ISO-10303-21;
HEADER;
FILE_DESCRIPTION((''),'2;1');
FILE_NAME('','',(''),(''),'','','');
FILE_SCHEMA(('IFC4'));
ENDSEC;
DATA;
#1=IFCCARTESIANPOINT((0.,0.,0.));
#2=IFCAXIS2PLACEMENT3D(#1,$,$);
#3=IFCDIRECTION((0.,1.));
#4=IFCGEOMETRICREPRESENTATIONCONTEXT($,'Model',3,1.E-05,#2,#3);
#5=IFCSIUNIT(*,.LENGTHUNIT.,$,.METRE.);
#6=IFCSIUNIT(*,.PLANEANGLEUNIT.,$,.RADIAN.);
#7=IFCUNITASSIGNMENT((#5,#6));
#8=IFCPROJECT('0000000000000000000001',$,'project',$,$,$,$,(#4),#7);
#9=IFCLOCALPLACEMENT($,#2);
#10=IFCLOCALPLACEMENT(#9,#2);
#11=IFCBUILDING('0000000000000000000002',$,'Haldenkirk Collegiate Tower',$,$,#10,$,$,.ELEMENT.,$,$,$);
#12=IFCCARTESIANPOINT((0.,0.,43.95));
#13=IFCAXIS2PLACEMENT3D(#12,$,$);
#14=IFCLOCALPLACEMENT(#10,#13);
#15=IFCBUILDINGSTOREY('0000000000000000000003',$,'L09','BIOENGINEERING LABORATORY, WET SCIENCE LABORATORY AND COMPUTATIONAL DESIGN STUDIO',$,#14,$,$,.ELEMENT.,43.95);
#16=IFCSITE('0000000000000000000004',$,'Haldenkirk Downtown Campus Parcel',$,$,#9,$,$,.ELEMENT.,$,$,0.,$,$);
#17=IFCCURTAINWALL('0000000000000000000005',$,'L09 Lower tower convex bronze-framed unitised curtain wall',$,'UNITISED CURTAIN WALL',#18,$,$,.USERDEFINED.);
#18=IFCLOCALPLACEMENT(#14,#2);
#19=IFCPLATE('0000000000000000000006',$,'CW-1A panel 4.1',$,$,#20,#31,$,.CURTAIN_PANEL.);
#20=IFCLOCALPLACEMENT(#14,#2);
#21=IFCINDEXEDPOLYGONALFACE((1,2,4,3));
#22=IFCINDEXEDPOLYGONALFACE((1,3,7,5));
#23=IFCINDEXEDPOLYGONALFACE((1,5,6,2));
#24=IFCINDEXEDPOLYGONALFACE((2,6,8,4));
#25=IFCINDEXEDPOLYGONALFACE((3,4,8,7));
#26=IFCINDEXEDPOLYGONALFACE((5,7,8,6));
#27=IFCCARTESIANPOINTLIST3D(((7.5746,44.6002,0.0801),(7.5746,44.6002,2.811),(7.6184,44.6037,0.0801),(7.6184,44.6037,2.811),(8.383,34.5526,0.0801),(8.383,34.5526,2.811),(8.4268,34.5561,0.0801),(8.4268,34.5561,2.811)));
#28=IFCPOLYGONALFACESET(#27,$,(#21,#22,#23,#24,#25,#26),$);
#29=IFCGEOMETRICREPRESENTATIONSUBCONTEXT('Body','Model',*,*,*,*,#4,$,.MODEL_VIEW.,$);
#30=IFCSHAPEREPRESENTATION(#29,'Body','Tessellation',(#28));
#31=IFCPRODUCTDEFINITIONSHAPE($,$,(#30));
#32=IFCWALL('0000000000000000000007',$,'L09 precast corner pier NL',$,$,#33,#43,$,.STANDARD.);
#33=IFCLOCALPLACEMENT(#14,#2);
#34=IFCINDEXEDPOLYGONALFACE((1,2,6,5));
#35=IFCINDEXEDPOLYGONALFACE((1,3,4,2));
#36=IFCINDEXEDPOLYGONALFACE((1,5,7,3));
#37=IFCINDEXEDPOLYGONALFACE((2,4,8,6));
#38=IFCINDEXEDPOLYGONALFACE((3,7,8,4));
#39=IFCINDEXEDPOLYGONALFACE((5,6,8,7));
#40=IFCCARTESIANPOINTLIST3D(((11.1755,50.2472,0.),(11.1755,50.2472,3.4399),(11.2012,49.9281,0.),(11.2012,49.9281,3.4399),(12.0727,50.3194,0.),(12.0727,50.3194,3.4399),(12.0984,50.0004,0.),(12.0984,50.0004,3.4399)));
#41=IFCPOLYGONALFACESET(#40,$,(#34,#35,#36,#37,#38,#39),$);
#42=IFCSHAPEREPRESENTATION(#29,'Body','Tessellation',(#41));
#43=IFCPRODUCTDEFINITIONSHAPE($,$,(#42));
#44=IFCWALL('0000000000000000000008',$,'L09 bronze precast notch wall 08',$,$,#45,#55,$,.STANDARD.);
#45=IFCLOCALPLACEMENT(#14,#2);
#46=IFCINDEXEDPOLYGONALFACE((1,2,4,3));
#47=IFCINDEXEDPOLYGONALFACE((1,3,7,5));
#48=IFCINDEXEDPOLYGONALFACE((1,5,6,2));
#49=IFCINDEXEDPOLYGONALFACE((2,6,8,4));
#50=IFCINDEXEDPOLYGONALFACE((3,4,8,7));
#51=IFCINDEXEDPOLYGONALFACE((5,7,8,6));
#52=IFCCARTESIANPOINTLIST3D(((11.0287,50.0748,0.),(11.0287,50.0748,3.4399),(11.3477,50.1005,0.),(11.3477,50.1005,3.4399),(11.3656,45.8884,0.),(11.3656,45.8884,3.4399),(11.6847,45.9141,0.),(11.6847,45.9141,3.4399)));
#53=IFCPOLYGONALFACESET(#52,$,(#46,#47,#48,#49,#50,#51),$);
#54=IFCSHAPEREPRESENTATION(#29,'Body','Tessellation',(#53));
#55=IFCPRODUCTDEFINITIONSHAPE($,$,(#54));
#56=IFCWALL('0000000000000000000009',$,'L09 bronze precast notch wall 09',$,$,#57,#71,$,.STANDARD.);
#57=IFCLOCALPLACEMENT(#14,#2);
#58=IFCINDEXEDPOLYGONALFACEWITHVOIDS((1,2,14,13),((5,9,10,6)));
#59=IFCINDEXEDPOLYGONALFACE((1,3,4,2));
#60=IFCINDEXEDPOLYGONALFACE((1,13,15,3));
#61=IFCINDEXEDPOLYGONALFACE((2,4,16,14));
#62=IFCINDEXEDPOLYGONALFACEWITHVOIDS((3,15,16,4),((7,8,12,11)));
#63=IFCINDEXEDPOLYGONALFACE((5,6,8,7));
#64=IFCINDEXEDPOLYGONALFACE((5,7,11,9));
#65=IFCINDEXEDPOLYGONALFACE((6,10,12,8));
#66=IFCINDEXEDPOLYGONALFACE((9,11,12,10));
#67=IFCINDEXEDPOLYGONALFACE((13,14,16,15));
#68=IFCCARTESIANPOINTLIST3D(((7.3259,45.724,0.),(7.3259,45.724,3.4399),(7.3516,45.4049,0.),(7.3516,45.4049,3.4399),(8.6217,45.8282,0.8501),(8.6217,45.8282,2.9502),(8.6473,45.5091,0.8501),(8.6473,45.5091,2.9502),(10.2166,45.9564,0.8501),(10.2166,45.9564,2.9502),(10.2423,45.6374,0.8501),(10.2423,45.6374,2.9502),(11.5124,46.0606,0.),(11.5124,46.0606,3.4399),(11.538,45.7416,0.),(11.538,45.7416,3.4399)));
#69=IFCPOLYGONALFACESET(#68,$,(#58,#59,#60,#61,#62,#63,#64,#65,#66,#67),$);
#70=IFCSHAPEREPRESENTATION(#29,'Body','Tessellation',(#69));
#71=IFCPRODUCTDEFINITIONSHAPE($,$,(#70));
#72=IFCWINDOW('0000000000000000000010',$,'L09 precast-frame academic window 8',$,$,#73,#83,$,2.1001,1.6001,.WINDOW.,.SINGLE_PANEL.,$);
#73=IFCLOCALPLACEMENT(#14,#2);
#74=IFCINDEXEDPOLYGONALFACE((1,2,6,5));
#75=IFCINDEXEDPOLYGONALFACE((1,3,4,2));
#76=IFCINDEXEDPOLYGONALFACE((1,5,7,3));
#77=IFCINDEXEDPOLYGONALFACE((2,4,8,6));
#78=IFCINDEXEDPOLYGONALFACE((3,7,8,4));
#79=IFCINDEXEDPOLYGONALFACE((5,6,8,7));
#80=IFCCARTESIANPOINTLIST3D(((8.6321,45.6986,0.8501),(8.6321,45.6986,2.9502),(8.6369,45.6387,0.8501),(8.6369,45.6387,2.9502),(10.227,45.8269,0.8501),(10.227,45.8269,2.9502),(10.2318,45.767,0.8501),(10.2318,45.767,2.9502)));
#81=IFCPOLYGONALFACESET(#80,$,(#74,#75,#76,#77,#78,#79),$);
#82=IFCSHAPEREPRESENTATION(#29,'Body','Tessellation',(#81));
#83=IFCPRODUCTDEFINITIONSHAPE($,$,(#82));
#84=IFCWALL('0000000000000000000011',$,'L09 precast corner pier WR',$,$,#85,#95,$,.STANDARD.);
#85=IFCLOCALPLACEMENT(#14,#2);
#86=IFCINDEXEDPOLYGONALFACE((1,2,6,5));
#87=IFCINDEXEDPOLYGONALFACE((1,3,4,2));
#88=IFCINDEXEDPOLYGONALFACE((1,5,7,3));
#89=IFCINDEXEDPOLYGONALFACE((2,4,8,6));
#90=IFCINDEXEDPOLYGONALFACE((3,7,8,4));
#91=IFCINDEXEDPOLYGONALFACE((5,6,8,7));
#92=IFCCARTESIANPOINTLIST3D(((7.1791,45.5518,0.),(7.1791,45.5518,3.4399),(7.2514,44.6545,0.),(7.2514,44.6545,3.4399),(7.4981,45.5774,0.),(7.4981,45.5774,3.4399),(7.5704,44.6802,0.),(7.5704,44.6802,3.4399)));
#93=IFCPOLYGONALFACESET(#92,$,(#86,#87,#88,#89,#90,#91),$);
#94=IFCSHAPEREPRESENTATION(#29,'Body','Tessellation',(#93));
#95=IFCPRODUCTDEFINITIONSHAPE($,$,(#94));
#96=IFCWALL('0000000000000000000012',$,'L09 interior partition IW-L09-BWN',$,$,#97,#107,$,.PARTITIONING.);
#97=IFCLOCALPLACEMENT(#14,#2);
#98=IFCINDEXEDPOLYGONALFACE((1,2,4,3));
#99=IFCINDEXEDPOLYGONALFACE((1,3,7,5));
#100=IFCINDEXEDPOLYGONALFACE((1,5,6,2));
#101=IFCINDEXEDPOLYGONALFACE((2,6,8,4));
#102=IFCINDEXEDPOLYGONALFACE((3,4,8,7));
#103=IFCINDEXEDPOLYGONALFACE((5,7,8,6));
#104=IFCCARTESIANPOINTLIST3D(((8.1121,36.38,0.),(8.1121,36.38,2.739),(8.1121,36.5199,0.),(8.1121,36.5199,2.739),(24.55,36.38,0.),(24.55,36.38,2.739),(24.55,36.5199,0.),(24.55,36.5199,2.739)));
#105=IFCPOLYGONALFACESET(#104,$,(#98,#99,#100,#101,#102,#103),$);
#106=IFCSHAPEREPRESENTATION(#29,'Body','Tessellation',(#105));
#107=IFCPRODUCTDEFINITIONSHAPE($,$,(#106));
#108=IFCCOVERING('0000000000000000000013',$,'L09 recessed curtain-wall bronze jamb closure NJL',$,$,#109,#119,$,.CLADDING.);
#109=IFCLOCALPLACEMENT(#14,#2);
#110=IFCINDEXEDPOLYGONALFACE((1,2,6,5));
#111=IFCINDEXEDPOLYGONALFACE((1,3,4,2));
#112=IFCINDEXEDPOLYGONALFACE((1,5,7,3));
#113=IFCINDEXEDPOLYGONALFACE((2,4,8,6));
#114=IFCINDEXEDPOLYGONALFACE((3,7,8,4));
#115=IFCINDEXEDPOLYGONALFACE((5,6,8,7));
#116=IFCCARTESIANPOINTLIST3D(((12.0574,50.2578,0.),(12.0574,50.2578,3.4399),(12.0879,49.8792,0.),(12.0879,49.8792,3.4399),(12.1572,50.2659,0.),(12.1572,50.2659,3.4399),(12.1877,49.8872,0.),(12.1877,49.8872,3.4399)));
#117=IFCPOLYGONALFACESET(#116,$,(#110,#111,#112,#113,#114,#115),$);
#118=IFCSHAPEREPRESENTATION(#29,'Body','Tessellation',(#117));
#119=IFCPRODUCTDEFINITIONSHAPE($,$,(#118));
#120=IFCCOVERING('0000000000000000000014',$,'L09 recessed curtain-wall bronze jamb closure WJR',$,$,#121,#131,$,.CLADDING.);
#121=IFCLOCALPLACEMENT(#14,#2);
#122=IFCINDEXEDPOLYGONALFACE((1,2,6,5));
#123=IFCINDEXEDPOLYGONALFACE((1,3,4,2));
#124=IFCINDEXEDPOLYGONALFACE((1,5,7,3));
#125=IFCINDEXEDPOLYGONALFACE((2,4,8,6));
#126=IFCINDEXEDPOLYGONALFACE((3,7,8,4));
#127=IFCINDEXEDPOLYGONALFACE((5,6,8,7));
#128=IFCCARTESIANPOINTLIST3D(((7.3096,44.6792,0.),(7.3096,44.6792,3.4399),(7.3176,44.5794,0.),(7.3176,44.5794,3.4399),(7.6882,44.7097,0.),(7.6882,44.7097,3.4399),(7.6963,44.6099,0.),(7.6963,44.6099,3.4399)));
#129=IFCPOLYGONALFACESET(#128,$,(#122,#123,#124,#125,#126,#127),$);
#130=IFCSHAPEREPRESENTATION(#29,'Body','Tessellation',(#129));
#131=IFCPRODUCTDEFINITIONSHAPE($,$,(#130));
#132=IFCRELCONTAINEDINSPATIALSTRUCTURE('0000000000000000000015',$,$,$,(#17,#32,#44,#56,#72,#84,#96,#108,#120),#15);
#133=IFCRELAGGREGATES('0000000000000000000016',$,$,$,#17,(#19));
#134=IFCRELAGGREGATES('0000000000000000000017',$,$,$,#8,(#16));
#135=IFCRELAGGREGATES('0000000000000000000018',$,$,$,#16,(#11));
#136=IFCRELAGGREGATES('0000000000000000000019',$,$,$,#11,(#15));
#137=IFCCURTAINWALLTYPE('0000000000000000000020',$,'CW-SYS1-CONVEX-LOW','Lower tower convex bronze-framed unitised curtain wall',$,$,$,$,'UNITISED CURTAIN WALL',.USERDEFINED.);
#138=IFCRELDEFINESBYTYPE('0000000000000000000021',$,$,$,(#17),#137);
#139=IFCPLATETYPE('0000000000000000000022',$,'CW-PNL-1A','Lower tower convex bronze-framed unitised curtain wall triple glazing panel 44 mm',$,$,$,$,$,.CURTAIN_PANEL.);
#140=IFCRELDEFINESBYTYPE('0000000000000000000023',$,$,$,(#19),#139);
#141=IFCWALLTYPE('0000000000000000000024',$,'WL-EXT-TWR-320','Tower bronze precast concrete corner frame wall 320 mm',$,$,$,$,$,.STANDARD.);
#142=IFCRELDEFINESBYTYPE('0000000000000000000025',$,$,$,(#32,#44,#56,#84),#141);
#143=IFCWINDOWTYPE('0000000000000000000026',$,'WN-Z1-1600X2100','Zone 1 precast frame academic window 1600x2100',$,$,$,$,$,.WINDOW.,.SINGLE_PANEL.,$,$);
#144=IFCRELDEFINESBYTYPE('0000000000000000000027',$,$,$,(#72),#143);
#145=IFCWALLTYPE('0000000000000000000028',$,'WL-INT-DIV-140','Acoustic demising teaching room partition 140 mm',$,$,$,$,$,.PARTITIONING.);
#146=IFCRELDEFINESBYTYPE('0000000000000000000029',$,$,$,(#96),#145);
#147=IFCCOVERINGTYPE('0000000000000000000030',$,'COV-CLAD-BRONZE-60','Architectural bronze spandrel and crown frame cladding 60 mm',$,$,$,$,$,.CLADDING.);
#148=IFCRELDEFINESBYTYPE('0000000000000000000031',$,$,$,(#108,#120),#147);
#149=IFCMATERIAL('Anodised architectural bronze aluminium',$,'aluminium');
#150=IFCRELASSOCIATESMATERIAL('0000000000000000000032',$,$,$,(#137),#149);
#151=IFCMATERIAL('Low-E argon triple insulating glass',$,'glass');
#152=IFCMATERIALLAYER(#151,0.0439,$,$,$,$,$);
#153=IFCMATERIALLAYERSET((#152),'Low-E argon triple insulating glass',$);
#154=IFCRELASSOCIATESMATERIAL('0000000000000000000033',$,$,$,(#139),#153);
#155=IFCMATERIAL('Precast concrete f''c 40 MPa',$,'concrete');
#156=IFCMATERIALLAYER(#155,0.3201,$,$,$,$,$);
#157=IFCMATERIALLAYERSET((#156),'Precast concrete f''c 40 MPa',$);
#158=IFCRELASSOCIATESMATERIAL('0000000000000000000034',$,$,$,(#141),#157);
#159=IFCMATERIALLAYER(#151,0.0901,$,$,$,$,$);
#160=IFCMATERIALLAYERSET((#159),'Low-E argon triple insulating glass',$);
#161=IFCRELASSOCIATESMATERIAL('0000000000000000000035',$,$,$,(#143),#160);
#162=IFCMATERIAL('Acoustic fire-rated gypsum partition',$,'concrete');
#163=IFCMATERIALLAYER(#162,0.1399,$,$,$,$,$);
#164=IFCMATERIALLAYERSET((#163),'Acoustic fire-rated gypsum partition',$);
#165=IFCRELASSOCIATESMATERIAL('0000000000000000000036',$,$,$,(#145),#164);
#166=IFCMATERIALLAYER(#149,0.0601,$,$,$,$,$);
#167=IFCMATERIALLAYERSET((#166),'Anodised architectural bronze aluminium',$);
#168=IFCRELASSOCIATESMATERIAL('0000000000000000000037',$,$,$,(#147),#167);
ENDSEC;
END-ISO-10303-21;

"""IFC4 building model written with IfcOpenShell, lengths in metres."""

from ifc_helpers import new_model, si_unit, direction, frame, frame_2d, origin, origin_2d, place, context, subcontext, project, spatial, rectangle, extrude, source, transform, mapped, material, layer, layer_set, type_object, element, fill, aggregate, save


model = new_model("IFC4")

# Units and contexts
model_context = context("Model", 3, precision=1e-05, world=origin(), true_north=direction((0.0, 1.0)))
body_context = subcontext(model_context, "Body", "Model", "MODEL_VIEW")
ifc_project = project(units=[si_unit("LENGTHUNIT", "METRE"), si_unit("PLANEANGLEUNIT", "RADIAN")], contexts=[model_context])

# Site, building, storey
site_placement = place(None, origin())
site = spatial("IfcSite", under=ifc_project, at=site_placement, Name="Haldenkirk Downtown Campus Parcel", CompositionType="ELEMENT", RefElevation=0.0)
building_placement = place(site_placement, origin())
building = spatial("IfcBuilding", under=site, at=building_placement, Name="Haldenkirk Collegiate Tower", CompositionType="ELEMENT")
storey_placement = place(building_placement, frame((0.0, 0.0, 43.95)))
storey = spatial("IfcBuildingStorey", under=building, at=storey_placement, Name="L09", Description="BIOENGINEERING LABORATORY, WET SCIENCE LABORATORY AND COMPUTATIONAL DESIGN STUDIO", CompositionType="ELEMENT", Elevation=43.95)

# Curtain wall
ifc_material_1 = material(Name="Anodised architectural bronze aluminium", Category="aluminium")
curtain_wall_type = type_object("IfcCurtainWallType", Name="CW-SYS1-CONVEX-LOW", Description="Lower tower convex bronze-framed unitised curtain wall", ElementType="UNITISED CURTAIN WALL", PredefinedType="USERDEFINED", material=ifc_material_1)
curtain_wall_1_placement = place(storey_placement, origin())
curtain_wall_1 = element("IfcCurtainWall", 1, at=curtain_wall_1_placement, inside=storey, type_object=curtain_wall_type, Name="L09 Lower tower convex bronze-framed unitised curtain wall", ObjectType="UNITISED CURTAIN WALL", PredefinedType="USERDEFINED")

# Plate
ifc_material_2 = material(Name="Low-E argon triple insulating glass", Category="glass")
ifc_layer_1 = layer(ifc_material_2, 0.0439)
ifc_layer_set_1 = layer_set([ifc_layer_1], Name="Low-E argon triple insulating glass")
plate_type = type_object("IfcPlateType", Name="CW-PNL-1A", Description="Lower tower convex bronze-framed unitised curtain wall triple glazing panel 44 mm", PredefinedType="CURTAIN_PANEL", material=ifc_layer_set_1)
shared_shape_1 = source(origin(), body_context, "Body", "SweptSolid", [
    extrude(rectangle(XDim=10.0801, YDim=0.0439, at=origin_2d()), origin(), (0.0, 0.0, 1.0), 2.731),
])
plate_placement = place(storey_placement, frame((8.0007, 39.5781, 0.0801), z_axis=(0.0, 0.0, 1.0), x_axis=(-0.080198, 0.996779, 0.0)))
plate = element("IfcPlate", 2, at=plate_placement, type_object=plate_type, Name="CW-1A panel 4.1", PredefinedType="CURTAIN_PANEL", context=body_context, shape_type="MappedRepresentation", body=[
    mapped(shared_shape_1, transform((0.0, 0.0, 0.0), x_axis=(1.0, 0.0, 0.0), y_axis=(0.0, 1.0, 0.0), z_axis=(0.0, 0.0, 1.0), scale=1.0)),
])
aggregate(curtain_wall_1, [plate])

# Walls
ifc_material_3 = material(Name="Precast concrete f'c 40 MPa", Category="concrete")
ifc_layer_2 = layer(ifc_material_3, 0.3201)
ifc_layer_set_2 = layer_set([ifc_layer_2], Name="Precast concrete f'c 40 MPa")
wall_type_1 = type_object("IfcWallType", Name="WL-EXT-TWR-320", Description="Tower bronze precast concrete corner frame wall 320 mm", PredefinedType="STANDARD", material=ifc_layer_set_2)
wall_1_placement = place(storey_placement, frame((11.1882, 50.0876, 0.0), z_axis=(0.0, 0.0, 1.0), x_axis=(0.996772, 0.080284, 0.0)))
element("IfcWall", 3, at=wall_1_placement, inside=storey, type_object=wall_type_1, Name="L09 precast corner pier NL", PredefinedType="STANDARD", context=body_context, shape_type="SweptSolid", body=[
    extrude(rectangle(XDim=0.9001, YDim=0.3201, at=frame_2d((0.4502, 0.0))), origin(), (0.0, 0.0, 1.0), 3.4399),
])
wall_2_placement = place(storey_placement, frame((11.5251, 45.9011, 0.0), z_axis=(0.0, 0.0, 1.0), x_axis=(-0.080217, 0.996777, 0.0)))
element("IfcWall", 4, at=wall_2_placement, inside=storey, type_object=wall_type_1, Name="L09 bronze precast notch wall 08", PredefinedType="STANDARD", context=body_context, shape_type="SweptSolid", body=[
    extrude(rectangle(XDim=4.2, YDim=0.3201, at=frame_2d((2.1001, 0.0))), origin(), (0.0, 0.0, 1.0), 3.4399),
])

# Wall, opening, window
wall_3_placement = place(storey_placement, frame((7.3386, 45.5645, 0.0), z_axis=(0.0, 0.0, 1.0), x_axis=(0.996782, 0.080159, 0.0)))
wall_3 = element("IfcWall", 5, at=wall_3_placement, inside=storey, type_object=wall_type_1, Name="L09 bronze precast notch wall 09", PredefinedType="STANDARD", context=body_context, shape_type="SweptSolid", body=[
    extrude(rectangle(XDim=4.2, YDim=0.3201, at=frame_2d((2.1001, 0.0))), origin(), (0.0, 0.0, 1.0), 3.4399),
])
opening_placement = place(wall_3_placement, frame((1.3, 0.0, 0.8501)))
opening = element("IfcOpeningElement", 6, at=opening_placement, cuts=wall_3, PredefinedType="OPENING", context=body_context, shape_type="SweptSolid", body=[
    extrude(rectangle(XDim=1.6001, YDim=2.1001, at=frame_2d((0.8, 1.05))), frame((0.0, 0.1699, 0.0), z_axis=(0.0, -1.0, 0.0), x_axis=(1.0, 0.0, 0.0)), (0.0, 0.0, 1.0), 0.3401),
])
ifc_layer_3 = layer(ifc_material_2, 0.0901)
ifc_layer_set_3 = layer_set([ifc_layer_3], Name="Low-E argon triple insulating glass")
window_type = type_object("IfcWindowType", Name="WN-Z1-1600X2100", Description="Zone 1 precast frame academic window 1600x2100", PartitioningType="SINGLE_PANEL", PredefinedType="WINDOW", material=ifc_layer_set_3)
window_placement = place(opening_placement, origin())
window = element("IfcWindow", 7, at=window_placement, inside=storey, type_object=window_type, Name="L09 precast-frame academic window 8", OverallHeight=2.1001, OverallWidth=1.6001, PartitioningType="SINGLE_PANEL", PredefinedType="WINDOW", context=body_context, shape_type="SweptSolid", body=[
    extrude(rectangle(XDim=1.6001, YDim=2.1001, at=frame_2d((0.8, 1.05))), frame((0.0, 0.03, 0.0), z_axis=(0.0, -1.0, 0.0), x_axis=(1.0, 0.0, 0.0)), (0.0, 0.0, 1.0), 0.0601),
])
fill(opening, window)

# Walls
wall_4_placement = place(storey_placement, frame((7.4109, 44.6672, 0.0), z_axis=(0.0, 0.0, 1.0), x_axis=(-0.080284, 0.996772, 0.0)))
element("IfcWall", 8, at=wall_4_placement, inside=storey, type_object=wall_type_1, Name="L09 precast corner pier WR", PredefinedType="STANDARD", context=body_context, shape_type="SweptSolid", body=[
    extrude(rectangle(XDim=0.9001, YDim=0.3201, at=frame_2d((0.4502, 0.0))), origin(), (0.0, 0.0, 1.0), 3.4399),
])
ifc_material_4 = material(Name="Acoustic fire-rated gypsum partition", Category="concrete")
ifc_layer_4 = layer(ifc_material_4, 0.1399)
ifc_layer_set_4 = layer_set([ifc_layer_4], Name="Acoustic fire-rated gypsum partition")
wall_type_2 = type_object("IfcWallType", Name="WL-INT-DIV-140", Description="Acoustic demising teaching room partition 140 mm", PredefinedType="PARTITIONING", material=ifc_layer_set_4)
wall_5_placement = place(storey_placement, frame((8.1121, 36.45, 0.0), z_axis=(0.0, 0.0, 1.0), x_axis=(1.0, 0.0, 0.0)))
element("IfcWall", 9, at=wall_5_placement, inside=storey, type_object=wall_type_2, Name="L09 interior partition IW-L09-BWN", PredefinedType="PARTITIONING", context=body_context, shape_type="SweptSolid", body=[
    extrude(rectangle(XDim=16.438, YDim=0.1399, at=frame_2d((8.219, 0.0))), origin(), (0.0, 0.0, 1.0), 2.739),
])

# Coverings
ifc_layer_5 = layer(ifc_material_1, 0.0601)
ifc_layer_set_5 = layer_set([ifc_layer_5], Name="Anodised architectural bronze aluminium")
covering_type = type_object("IfcCoveringType", Name="COV-CLAD-BRONZE-60", Description="Architectural bronze spandrel and crown frame cladding 60 mm", PredefinedType="CLADDING", material=ifc_layer_set_5)
shared_shape_2 = source(origin(), body_context, "Body", "SweptSolid", [
    extrude(rectangle(XDim=0.1001, YDim=0.3799, at=origin_2d()), origin(), (0.0, 0.0, 1.0), 3.4399),
])
for number, where, z_axis, x_axis, name in (
    (10, (12.1226, 50.0725, 0.0), (0.0, 0.0, 1.0), (0.996779, 0.080199, 0.0), "L09 recessed curtain-wall bronze jamb closure NJL"),
    (11, (7.5029, 44.6445, 0.0), (0.0, 0.0, 1.0), (-0.080199, 0.996779, 0.0), "L09 recessed curtain-wall bronze jamb closure WJR"),
):
    element("IfcCovering", number, at=place(storey_placement, frame(where, z_axis=z_axis, x_axis=x_axis)), inside=storey, type_object=covering_type, Name=name, PredefinedType="CLADDING", context=body_context, shape_type="MappedRepresentation", body=[
        mapped(shared_shape_2, transform((0.0, 0.0, 0.0), x_axis=(1.0, 0.0, 0.0), y_axis=(0.0, 1.0, 0.0), z_axis=(0.0, 0.0, 1.0), scale=1.0)),
    ])

save(model, "model.ifc")
